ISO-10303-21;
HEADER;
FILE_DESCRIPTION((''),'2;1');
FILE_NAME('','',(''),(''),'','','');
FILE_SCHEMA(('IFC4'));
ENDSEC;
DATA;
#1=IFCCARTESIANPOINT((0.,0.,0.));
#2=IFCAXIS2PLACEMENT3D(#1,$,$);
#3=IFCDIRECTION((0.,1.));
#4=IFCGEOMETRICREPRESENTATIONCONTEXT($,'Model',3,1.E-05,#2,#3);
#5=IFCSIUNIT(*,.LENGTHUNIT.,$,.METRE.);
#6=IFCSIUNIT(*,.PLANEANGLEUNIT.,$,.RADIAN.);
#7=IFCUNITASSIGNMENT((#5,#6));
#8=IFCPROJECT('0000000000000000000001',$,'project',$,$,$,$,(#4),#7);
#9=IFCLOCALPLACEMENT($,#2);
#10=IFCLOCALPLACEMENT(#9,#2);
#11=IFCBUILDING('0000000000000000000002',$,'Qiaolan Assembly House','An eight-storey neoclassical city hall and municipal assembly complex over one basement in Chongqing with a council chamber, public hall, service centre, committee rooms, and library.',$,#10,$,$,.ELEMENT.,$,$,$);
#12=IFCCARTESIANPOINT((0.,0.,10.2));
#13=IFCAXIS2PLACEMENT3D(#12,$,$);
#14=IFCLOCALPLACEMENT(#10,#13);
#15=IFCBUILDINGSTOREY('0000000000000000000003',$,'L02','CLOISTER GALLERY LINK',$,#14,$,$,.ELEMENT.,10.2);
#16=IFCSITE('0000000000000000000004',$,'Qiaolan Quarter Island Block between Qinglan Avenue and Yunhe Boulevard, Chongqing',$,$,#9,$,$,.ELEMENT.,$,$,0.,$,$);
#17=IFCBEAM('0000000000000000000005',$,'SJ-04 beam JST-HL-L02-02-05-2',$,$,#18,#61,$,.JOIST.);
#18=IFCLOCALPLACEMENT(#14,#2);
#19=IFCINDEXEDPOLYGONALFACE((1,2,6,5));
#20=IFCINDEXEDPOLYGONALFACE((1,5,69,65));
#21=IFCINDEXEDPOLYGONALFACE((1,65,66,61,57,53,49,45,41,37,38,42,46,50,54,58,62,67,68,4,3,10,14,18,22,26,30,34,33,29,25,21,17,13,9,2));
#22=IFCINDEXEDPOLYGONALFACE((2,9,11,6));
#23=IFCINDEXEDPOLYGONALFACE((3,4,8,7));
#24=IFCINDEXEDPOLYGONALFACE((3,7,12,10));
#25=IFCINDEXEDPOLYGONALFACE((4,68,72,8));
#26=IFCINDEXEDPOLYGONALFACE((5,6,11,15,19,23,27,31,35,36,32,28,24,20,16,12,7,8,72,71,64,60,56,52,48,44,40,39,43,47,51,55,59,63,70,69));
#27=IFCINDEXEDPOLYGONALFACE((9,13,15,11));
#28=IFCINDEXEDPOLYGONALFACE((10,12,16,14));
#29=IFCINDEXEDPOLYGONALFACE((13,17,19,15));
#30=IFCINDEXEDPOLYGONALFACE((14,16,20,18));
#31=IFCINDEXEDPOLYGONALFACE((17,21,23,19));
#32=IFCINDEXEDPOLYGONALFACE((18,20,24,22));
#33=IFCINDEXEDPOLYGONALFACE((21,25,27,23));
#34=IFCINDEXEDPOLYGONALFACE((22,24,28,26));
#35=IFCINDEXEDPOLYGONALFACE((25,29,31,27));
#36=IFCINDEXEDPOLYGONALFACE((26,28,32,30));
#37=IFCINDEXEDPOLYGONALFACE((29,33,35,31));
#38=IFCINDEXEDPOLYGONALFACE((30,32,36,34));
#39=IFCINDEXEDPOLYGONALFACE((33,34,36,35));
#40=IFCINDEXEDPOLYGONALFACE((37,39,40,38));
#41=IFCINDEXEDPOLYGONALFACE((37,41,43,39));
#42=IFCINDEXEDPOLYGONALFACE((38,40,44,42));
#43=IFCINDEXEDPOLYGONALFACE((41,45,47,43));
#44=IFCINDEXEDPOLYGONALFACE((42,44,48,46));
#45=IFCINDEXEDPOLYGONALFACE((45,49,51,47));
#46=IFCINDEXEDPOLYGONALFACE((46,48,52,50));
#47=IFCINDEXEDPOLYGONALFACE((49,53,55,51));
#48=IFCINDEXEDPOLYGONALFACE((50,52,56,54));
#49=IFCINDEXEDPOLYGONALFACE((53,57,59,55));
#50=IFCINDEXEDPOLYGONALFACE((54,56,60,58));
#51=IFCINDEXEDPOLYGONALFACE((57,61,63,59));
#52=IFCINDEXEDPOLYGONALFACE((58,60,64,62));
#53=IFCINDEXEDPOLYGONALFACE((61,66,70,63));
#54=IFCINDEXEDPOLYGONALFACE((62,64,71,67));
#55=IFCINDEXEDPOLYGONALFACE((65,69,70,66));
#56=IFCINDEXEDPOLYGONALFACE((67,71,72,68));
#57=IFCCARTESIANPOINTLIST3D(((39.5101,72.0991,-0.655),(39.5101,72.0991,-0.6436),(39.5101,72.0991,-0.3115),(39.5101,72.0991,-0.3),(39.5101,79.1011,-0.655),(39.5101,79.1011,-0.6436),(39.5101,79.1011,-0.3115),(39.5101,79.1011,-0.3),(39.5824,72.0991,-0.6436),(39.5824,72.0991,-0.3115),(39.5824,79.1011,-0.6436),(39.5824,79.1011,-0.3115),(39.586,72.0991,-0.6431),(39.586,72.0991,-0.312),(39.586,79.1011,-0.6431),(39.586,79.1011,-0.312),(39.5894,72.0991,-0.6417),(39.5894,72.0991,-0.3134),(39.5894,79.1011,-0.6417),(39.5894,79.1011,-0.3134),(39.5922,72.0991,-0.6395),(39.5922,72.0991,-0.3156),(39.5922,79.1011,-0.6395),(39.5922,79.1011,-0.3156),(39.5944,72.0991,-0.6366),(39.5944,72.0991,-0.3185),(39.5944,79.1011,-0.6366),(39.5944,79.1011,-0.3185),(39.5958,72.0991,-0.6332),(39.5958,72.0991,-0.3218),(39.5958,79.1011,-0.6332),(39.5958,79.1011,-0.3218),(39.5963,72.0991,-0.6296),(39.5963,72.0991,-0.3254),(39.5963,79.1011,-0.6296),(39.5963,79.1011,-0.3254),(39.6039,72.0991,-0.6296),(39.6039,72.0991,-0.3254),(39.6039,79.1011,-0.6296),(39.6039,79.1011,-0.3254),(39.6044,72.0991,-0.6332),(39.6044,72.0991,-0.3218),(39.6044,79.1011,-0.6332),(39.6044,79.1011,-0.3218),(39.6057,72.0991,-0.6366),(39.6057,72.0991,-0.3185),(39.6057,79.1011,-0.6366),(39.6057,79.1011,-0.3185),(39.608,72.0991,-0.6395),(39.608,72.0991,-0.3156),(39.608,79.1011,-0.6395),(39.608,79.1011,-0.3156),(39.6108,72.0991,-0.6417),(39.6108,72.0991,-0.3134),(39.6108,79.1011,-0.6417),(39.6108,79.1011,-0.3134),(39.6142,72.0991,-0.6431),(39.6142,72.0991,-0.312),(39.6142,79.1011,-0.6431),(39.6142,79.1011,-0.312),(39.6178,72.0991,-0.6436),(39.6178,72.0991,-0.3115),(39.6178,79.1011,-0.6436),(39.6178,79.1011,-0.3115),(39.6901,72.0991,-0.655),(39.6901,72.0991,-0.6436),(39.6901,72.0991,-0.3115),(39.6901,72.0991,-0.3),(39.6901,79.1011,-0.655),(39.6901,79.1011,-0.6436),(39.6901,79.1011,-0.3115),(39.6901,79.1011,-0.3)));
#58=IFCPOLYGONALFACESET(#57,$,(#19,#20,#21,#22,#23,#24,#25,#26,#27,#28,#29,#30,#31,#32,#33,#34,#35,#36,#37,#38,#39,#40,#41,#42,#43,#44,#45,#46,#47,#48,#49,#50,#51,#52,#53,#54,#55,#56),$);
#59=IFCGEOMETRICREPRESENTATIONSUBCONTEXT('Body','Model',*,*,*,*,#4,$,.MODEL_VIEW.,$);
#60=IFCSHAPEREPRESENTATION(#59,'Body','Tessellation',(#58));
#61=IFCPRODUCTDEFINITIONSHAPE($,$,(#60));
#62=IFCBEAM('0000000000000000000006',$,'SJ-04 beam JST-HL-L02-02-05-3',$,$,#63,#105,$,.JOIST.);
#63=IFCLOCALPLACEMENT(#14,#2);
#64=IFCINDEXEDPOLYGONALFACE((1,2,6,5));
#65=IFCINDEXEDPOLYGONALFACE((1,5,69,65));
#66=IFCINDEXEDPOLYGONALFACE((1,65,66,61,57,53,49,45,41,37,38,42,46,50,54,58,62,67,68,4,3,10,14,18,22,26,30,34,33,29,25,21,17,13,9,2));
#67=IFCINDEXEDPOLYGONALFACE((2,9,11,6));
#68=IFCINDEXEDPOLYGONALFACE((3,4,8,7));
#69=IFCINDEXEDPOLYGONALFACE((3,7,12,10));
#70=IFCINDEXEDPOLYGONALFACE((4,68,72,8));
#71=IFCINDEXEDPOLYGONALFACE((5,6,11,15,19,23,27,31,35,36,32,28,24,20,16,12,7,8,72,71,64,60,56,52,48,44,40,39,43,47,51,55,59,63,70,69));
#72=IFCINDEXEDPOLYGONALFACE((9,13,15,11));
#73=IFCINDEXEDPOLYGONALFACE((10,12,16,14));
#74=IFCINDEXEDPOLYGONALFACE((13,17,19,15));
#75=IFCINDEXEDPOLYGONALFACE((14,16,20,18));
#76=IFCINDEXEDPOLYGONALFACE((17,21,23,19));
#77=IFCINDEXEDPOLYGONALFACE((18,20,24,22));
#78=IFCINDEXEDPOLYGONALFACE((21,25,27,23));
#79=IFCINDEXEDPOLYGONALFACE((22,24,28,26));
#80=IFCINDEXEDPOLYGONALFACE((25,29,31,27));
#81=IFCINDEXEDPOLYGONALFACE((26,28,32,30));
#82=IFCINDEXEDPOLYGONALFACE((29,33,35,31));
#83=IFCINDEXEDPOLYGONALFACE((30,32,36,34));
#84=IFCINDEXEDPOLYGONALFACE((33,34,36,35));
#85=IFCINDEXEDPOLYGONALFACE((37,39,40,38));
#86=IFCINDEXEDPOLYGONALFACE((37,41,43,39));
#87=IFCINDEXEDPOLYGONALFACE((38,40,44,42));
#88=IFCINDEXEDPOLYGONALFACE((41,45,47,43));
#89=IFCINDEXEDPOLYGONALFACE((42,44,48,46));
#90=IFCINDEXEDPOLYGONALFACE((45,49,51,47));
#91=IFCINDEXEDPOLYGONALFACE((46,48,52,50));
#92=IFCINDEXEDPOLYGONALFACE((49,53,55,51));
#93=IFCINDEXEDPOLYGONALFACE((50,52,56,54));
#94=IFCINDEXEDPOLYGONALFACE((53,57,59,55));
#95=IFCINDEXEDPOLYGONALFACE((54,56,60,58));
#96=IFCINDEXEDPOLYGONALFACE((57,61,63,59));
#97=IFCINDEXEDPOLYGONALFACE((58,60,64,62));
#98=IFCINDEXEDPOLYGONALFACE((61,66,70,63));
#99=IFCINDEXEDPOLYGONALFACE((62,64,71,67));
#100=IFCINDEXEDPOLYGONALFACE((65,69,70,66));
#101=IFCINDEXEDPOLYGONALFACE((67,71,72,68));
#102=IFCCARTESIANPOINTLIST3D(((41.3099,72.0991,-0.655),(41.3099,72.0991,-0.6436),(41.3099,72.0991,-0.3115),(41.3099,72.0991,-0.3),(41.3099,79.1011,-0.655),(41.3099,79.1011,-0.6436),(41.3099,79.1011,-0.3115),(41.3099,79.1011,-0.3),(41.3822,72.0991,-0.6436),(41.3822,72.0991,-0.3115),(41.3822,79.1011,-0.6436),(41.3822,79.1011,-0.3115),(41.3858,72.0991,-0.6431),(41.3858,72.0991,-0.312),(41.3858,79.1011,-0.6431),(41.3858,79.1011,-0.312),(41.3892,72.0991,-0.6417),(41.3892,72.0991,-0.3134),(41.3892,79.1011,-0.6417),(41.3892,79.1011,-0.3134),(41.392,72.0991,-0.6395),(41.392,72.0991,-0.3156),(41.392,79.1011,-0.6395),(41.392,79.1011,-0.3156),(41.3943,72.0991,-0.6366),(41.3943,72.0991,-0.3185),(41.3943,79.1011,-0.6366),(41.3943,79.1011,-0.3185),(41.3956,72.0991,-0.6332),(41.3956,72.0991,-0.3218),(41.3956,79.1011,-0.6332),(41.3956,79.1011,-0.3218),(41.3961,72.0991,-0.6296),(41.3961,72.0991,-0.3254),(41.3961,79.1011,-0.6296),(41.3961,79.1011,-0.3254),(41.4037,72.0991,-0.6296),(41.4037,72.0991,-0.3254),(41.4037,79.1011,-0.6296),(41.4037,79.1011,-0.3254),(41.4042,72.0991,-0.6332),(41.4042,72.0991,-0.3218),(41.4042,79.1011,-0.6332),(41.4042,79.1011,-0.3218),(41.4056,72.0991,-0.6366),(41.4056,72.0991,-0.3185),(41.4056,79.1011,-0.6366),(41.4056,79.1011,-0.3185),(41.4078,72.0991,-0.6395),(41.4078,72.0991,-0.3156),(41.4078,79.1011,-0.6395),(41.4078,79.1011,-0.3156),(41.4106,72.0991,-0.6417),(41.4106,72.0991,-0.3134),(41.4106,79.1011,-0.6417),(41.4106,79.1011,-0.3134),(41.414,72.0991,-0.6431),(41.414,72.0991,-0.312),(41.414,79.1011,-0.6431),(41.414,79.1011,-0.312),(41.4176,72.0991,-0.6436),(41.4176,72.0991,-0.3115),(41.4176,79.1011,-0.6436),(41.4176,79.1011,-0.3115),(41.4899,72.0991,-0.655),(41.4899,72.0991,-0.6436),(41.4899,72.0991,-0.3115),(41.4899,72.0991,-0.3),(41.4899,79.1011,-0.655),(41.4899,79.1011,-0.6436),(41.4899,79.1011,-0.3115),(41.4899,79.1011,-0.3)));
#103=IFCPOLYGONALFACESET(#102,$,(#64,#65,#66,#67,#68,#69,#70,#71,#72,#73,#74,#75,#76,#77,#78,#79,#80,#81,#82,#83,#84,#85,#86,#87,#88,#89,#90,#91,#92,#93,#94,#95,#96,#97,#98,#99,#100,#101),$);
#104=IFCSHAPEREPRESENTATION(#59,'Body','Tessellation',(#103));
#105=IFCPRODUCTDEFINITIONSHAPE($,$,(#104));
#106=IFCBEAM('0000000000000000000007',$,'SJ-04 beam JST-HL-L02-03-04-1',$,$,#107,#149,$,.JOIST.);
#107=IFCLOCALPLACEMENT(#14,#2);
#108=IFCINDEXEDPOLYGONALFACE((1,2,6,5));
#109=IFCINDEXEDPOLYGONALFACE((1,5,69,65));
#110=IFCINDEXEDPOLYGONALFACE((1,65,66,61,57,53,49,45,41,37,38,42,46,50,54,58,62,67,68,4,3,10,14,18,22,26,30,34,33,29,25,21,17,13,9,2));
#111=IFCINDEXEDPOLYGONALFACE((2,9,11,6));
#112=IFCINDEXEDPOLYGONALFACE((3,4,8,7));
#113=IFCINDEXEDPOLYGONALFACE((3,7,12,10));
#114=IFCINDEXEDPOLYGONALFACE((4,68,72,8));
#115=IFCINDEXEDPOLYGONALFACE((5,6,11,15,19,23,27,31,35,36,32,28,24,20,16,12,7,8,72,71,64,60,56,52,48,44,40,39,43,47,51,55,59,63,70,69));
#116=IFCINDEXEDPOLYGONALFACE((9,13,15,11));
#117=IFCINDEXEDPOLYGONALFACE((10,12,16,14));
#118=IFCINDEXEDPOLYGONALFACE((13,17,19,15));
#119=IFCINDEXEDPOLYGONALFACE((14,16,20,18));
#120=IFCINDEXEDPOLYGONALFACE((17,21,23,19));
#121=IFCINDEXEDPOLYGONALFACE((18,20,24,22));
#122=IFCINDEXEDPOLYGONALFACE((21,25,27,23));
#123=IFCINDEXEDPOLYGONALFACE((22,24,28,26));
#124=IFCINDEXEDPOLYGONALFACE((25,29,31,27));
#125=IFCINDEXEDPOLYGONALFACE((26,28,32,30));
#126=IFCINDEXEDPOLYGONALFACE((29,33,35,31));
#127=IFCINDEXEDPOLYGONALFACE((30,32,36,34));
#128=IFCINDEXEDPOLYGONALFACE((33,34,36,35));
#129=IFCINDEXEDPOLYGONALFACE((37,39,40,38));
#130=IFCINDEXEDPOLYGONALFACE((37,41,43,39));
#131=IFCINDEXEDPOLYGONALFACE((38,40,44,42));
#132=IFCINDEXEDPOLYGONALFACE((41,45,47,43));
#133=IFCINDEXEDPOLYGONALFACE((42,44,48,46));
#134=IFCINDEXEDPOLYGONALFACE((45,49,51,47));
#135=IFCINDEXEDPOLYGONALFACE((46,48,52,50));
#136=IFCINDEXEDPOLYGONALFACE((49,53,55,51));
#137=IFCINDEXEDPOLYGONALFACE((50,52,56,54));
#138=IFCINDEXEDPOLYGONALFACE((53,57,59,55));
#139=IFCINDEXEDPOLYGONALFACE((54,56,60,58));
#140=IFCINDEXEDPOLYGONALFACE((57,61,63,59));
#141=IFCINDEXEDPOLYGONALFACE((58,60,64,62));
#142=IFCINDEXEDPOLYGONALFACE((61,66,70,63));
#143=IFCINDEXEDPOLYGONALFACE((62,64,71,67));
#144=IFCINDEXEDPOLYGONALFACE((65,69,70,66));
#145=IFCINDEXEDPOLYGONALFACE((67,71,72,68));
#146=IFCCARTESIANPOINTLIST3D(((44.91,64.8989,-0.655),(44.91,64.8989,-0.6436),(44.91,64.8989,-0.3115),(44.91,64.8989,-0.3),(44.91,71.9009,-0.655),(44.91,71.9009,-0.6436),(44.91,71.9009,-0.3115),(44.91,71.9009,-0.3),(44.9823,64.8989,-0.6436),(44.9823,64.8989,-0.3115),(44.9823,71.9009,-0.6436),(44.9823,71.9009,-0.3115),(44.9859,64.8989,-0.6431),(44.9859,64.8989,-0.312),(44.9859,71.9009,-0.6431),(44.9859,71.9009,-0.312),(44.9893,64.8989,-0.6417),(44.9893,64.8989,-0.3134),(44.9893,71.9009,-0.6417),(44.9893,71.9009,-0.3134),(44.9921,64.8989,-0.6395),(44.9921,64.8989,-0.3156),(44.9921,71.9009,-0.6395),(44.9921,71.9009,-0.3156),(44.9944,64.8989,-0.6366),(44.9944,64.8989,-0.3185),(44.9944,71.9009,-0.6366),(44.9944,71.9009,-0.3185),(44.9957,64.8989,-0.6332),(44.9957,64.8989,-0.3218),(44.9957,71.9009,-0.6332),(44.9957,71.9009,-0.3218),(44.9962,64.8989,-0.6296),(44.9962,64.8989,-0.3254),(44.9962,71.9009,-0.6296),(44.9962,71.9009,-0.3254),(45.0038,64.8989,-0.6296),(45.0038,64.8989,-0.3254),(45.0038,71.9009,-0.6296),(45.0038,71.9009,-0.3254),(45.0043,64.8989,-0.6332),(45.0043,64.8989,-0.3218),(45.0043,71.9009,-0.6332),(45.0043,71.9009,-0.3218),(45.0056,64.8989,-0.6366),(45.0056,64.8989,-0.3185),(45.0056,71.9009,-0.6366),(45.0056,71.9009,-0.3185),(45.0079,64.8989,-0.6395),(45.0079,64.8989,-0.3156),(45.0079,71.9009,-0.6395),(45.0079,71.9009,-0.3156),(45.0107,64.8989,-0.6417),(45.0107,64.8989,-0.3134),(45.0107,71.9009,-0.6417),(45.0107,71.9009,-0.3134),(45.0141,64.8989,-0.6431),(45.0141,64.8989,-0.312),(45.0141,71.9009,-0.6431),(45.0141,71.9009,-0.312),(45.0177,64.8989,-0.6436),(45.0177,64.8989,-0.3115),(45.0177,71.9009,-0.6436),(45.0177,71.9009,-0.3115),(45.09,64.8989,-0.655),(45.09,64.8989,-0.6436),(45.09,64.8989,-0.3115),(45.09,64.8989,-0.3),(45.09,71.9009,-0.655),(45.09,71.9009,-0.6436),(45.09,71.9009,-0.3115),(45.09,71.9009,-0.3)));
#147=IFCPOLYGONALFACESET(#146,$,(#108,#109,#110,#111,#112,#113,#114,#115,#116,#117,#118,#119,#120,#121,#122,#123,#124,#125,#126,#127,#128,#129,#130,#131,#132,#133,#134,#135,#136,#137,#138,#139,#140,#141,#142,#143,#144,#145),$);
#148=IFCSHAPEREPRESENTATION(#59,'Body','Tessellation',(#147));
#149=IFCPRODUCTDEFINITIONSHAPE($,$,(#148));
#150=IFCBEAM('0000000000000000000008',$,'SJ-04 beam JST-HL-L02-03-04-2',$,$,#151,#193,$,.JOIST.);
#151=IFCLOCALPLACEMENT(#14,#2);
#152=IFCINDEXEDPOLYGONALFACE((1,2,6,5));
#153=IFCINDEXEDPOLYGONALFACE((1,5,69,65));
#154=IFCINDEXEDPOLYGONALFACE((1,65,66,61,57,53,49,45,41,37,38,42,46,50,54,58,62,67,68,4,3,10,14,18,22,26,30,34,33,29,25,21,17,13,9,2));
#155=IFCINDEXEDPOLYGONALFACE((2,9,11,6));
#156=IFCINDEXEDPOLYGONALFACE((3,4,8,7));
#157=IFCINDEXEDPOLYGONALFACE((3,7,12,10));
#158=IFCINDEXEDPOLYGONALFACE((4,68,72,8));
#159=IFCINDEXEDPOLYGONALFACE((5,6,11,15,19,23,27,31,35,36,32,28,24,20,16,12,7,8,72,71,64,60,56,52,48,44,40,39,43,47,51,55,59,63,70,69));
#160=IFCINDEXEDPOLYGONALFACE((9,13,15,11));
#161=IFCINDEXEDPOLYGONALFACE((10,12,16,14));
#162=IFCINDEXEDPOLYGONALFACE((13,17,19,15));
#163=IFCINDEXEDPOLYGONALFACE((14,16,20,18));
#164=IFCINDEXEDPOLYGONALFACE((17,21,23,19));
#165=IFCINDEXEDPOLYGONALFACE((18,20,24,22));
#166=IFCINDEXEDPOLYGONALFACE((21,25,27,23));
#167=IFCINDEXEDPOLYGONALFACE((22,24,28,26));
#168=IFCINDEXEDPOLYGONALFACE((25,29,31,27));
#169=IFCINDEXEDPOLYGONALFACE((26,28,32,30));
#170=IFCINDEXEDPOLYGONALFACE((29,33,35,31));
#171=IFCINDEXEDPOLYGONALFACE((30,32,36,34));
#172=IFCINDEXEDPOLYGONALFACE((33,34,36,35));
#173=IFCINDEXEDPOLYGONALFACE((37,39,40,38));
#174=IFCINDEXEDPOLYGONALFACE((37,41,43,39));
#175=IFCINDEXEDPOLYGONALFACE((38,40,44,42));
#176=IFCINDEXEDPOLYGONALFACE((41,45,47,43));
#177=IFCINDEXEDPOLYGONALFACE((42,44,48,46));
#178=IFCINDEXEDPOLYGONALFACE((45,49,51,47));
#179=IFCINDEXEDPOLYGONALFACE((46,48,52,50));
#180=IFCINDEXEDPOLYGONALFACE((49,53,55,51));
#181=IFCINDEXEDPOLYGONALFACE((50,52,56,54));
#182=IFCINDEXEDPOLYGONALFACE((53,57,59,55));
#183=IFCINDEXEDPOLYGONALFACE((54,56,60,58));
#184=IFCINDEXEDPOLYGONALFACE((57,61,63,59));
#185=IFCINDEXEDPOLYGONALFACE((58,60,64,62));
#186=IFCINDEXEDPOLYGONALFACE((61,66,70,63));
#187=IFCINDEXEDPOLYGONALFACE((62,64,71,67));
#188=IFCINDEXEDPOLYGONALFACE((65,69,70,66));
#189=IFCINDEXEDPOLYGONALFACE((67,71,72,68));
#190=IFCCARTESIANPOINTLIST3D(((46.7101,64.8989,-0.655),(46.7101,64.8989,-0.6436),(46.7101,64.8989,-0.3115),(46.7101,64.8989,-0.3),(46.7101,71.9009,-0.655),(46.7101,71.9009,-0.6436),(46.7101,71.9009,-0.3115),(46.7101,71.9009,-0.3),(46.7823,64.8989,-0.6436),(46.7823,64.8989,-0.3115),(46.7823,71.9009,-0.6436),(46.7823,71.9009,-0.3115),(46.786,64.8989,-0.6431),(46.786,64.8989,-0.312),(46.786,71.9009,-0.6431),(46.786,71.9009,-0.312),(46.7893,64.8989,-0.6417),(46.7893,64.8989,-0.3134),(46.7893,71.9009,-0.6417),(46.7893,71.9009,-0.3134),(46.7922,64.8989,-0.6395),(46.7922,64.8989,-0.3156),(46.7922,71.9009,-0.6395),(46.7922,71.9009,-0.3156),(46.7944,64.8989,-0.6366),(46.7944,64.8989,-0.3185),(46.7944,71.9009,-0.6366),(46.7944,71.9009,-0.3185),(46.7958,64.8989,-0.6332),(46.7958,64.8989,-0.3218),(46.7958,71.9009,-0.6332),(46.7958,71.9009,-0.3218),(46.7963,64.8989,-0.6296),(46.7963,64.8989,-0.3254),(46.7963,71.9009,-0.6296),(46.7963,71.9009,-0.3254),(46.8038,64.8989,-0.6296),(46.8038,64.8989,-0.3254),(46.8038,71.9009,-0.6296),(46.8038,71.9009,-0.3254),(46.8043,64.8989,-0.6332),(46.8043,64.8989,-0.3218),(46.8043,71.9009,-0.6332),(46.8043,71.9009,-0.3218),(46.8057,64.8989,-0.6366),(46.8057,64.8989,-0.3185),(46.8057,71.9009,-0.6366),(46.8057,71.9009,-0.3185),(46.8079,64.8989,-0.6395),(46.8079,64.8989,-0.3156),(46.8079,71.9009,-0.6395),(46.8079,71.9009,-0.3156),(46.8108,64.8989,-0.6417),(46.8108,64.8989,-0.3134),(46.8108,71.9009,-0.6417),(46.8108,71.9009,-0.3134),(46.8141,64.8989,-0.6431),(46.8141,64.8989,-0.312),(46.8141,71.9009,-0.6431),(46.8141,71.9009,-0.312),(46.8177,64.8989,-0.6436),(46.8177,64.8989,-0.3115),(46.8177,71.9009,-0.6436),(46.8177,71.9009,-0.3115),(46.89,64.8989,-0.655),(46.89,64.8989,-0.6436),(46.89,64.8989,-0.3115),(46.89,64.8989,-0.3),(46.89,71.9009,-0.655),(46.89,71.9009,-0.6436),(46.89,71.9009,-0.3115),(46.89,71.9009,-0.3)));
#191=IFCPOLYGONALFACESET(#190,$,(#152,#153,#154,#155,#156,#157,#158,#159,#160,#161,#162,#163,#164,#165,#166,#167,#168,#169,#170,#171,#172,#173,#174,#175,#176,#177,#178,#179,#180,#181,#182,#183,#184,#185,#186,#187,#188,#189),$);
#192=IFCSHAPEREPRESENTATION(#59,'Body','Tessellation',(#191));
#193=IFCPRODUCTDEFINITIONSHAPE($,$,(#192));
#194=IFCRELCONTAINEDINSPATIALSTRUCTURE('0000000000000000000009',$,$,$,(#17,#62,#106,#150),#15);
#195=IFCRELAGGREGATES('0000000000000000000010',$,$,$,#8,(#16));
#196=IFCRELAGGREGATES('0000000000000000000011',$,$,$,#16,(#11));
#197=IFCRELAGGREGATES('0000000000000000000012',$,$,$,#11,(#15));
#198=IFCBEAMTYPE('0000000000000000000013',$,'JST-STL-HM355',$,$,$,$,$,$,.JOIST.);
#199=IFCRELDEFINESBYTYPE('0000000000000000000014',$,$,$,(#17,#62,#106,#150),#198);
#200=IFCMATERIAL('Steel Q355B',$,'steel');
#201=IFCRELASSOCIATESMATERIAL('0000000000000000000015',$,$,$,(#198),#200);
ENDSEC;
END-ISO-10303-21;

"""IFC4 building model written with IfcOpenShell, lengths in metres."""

from ifc_helpers import new_model, si_unit, direction, frame, origin, origin_2d, place, context, subcontext, project, spatial, i_section, extrude, material, material_profile, profile_set, type_object, element, save


model = new_model("IFC4")

# Units and contexts
model_context = context("Model", 3, precision=1e-05, world=origin(), true_north=direction((0.0, 1.0)))
body_context = subcontext(model_context, "Body", "Model", "MODEL_VIEW")
ifc_project = project(units=[si_unit("LENGTHUNIT", "METRE"), si_unit("PLANEANGLEUNIT", "RADIAN")], contexts=[model_context])

# Site, building, storey
site_placement = place(None, origin())
site = spatial("IfcSite", under=ifc_project, at=site_placement, Name="Qiaolan Quarter Island Block between Qinglan Avenue and Yunhe Boulevard, Chongqing", CompositionType="ELEMENT", RefElevation=0.0)
building_placement = place(site_placement, origin())
building = spatial("IfcBuilding", under=site, at=building_placement, Name="Qiaolan Assembly House", Description="An eight-storey neoclassical city hall and municipal assembly complex over one basement in Chongqing with a council chamber, public hall, service centre, committee rooms, and library.", CompositionType="ELEMENT")
storey_placement = place(building_placement, frame((0.0, 0.0, 10.2)))
storey = spatial("IfcBuildingStorey", under=building, at=storey_placement, Name="L02", Description="CLOISTER GALLERY LINK", CompositionType="ELEMENT", Elevation=10.2)

# Shared definitions
ifc_material_1 = material(Name="Steel Q355B", Category="steel")

# Beams
ifc_material_profile_1 = material_profile(ifc_material_1, i_section(OverallWidth=0.1799, OverallDepth=0.355, WebThickness=0.0076, FlangeThickness=0.0115, FilletRadius=0.0139, at=origin_2d()), Name="HM 355x180x7.5x11.5")
ifc_profile_set_1 = profile_set([ifc_material_profile_1], Name="Steel Q355B")
beam_type_1 = type_object("IfcBeamType", Name="JST-STL-HM355", PredefinedType="JOIST", material=ifc_profile_set_1)
for number, where, z_axis, x_axis, name in (
    (1, (39.6001, 72.0991, -0.4775), (0.0, 1.0, 0.0), (-1.0, 0.0, 0.0), "SJ-04 beam JST-HL-L02-02-05-2"),
    (2, (41.3999, 72.0991, -0.4775), (0.0, 1.0, 0.0), (-1.0, 0.0, 0.0), "SJ-04 beam JST-HL-L02-02-05-3"),
    (3, (45.0, 64.8989, -0.4775), (0.0, 1.0, 0.0), (-1.0, 0.0, 0.0), "SJ-04 beam JST-HL-L02-03-04-1"),
    (4, (46.8, 64.8989, -0.4775), (0.0, 1.0, 0.0), (-1.0, 0.0, 0.0), "SJ-04 beam JST-HL-L02-03-04-2"),
):
    element("IfcBeam", number, at=place(storey_placement, frame(where, z_axis=z_axis, x_axis=x_axis)), inside=storey, type_object=beam_type_1, Name=name, PredefinedType="JOIST", context=body_context, shape_type="SweptSolid", body=[
        extrude(i_section(OverallWidth=0.1799, OverallDepth=0.355, WebThickness=0.0076, FlangeThickness=0.0115, FilletRadius=0.0139, at=origin_2d()), origin(), (0.0, 0.0, 1.0), 7.002),
    ])

save(model, "model.ifc")
